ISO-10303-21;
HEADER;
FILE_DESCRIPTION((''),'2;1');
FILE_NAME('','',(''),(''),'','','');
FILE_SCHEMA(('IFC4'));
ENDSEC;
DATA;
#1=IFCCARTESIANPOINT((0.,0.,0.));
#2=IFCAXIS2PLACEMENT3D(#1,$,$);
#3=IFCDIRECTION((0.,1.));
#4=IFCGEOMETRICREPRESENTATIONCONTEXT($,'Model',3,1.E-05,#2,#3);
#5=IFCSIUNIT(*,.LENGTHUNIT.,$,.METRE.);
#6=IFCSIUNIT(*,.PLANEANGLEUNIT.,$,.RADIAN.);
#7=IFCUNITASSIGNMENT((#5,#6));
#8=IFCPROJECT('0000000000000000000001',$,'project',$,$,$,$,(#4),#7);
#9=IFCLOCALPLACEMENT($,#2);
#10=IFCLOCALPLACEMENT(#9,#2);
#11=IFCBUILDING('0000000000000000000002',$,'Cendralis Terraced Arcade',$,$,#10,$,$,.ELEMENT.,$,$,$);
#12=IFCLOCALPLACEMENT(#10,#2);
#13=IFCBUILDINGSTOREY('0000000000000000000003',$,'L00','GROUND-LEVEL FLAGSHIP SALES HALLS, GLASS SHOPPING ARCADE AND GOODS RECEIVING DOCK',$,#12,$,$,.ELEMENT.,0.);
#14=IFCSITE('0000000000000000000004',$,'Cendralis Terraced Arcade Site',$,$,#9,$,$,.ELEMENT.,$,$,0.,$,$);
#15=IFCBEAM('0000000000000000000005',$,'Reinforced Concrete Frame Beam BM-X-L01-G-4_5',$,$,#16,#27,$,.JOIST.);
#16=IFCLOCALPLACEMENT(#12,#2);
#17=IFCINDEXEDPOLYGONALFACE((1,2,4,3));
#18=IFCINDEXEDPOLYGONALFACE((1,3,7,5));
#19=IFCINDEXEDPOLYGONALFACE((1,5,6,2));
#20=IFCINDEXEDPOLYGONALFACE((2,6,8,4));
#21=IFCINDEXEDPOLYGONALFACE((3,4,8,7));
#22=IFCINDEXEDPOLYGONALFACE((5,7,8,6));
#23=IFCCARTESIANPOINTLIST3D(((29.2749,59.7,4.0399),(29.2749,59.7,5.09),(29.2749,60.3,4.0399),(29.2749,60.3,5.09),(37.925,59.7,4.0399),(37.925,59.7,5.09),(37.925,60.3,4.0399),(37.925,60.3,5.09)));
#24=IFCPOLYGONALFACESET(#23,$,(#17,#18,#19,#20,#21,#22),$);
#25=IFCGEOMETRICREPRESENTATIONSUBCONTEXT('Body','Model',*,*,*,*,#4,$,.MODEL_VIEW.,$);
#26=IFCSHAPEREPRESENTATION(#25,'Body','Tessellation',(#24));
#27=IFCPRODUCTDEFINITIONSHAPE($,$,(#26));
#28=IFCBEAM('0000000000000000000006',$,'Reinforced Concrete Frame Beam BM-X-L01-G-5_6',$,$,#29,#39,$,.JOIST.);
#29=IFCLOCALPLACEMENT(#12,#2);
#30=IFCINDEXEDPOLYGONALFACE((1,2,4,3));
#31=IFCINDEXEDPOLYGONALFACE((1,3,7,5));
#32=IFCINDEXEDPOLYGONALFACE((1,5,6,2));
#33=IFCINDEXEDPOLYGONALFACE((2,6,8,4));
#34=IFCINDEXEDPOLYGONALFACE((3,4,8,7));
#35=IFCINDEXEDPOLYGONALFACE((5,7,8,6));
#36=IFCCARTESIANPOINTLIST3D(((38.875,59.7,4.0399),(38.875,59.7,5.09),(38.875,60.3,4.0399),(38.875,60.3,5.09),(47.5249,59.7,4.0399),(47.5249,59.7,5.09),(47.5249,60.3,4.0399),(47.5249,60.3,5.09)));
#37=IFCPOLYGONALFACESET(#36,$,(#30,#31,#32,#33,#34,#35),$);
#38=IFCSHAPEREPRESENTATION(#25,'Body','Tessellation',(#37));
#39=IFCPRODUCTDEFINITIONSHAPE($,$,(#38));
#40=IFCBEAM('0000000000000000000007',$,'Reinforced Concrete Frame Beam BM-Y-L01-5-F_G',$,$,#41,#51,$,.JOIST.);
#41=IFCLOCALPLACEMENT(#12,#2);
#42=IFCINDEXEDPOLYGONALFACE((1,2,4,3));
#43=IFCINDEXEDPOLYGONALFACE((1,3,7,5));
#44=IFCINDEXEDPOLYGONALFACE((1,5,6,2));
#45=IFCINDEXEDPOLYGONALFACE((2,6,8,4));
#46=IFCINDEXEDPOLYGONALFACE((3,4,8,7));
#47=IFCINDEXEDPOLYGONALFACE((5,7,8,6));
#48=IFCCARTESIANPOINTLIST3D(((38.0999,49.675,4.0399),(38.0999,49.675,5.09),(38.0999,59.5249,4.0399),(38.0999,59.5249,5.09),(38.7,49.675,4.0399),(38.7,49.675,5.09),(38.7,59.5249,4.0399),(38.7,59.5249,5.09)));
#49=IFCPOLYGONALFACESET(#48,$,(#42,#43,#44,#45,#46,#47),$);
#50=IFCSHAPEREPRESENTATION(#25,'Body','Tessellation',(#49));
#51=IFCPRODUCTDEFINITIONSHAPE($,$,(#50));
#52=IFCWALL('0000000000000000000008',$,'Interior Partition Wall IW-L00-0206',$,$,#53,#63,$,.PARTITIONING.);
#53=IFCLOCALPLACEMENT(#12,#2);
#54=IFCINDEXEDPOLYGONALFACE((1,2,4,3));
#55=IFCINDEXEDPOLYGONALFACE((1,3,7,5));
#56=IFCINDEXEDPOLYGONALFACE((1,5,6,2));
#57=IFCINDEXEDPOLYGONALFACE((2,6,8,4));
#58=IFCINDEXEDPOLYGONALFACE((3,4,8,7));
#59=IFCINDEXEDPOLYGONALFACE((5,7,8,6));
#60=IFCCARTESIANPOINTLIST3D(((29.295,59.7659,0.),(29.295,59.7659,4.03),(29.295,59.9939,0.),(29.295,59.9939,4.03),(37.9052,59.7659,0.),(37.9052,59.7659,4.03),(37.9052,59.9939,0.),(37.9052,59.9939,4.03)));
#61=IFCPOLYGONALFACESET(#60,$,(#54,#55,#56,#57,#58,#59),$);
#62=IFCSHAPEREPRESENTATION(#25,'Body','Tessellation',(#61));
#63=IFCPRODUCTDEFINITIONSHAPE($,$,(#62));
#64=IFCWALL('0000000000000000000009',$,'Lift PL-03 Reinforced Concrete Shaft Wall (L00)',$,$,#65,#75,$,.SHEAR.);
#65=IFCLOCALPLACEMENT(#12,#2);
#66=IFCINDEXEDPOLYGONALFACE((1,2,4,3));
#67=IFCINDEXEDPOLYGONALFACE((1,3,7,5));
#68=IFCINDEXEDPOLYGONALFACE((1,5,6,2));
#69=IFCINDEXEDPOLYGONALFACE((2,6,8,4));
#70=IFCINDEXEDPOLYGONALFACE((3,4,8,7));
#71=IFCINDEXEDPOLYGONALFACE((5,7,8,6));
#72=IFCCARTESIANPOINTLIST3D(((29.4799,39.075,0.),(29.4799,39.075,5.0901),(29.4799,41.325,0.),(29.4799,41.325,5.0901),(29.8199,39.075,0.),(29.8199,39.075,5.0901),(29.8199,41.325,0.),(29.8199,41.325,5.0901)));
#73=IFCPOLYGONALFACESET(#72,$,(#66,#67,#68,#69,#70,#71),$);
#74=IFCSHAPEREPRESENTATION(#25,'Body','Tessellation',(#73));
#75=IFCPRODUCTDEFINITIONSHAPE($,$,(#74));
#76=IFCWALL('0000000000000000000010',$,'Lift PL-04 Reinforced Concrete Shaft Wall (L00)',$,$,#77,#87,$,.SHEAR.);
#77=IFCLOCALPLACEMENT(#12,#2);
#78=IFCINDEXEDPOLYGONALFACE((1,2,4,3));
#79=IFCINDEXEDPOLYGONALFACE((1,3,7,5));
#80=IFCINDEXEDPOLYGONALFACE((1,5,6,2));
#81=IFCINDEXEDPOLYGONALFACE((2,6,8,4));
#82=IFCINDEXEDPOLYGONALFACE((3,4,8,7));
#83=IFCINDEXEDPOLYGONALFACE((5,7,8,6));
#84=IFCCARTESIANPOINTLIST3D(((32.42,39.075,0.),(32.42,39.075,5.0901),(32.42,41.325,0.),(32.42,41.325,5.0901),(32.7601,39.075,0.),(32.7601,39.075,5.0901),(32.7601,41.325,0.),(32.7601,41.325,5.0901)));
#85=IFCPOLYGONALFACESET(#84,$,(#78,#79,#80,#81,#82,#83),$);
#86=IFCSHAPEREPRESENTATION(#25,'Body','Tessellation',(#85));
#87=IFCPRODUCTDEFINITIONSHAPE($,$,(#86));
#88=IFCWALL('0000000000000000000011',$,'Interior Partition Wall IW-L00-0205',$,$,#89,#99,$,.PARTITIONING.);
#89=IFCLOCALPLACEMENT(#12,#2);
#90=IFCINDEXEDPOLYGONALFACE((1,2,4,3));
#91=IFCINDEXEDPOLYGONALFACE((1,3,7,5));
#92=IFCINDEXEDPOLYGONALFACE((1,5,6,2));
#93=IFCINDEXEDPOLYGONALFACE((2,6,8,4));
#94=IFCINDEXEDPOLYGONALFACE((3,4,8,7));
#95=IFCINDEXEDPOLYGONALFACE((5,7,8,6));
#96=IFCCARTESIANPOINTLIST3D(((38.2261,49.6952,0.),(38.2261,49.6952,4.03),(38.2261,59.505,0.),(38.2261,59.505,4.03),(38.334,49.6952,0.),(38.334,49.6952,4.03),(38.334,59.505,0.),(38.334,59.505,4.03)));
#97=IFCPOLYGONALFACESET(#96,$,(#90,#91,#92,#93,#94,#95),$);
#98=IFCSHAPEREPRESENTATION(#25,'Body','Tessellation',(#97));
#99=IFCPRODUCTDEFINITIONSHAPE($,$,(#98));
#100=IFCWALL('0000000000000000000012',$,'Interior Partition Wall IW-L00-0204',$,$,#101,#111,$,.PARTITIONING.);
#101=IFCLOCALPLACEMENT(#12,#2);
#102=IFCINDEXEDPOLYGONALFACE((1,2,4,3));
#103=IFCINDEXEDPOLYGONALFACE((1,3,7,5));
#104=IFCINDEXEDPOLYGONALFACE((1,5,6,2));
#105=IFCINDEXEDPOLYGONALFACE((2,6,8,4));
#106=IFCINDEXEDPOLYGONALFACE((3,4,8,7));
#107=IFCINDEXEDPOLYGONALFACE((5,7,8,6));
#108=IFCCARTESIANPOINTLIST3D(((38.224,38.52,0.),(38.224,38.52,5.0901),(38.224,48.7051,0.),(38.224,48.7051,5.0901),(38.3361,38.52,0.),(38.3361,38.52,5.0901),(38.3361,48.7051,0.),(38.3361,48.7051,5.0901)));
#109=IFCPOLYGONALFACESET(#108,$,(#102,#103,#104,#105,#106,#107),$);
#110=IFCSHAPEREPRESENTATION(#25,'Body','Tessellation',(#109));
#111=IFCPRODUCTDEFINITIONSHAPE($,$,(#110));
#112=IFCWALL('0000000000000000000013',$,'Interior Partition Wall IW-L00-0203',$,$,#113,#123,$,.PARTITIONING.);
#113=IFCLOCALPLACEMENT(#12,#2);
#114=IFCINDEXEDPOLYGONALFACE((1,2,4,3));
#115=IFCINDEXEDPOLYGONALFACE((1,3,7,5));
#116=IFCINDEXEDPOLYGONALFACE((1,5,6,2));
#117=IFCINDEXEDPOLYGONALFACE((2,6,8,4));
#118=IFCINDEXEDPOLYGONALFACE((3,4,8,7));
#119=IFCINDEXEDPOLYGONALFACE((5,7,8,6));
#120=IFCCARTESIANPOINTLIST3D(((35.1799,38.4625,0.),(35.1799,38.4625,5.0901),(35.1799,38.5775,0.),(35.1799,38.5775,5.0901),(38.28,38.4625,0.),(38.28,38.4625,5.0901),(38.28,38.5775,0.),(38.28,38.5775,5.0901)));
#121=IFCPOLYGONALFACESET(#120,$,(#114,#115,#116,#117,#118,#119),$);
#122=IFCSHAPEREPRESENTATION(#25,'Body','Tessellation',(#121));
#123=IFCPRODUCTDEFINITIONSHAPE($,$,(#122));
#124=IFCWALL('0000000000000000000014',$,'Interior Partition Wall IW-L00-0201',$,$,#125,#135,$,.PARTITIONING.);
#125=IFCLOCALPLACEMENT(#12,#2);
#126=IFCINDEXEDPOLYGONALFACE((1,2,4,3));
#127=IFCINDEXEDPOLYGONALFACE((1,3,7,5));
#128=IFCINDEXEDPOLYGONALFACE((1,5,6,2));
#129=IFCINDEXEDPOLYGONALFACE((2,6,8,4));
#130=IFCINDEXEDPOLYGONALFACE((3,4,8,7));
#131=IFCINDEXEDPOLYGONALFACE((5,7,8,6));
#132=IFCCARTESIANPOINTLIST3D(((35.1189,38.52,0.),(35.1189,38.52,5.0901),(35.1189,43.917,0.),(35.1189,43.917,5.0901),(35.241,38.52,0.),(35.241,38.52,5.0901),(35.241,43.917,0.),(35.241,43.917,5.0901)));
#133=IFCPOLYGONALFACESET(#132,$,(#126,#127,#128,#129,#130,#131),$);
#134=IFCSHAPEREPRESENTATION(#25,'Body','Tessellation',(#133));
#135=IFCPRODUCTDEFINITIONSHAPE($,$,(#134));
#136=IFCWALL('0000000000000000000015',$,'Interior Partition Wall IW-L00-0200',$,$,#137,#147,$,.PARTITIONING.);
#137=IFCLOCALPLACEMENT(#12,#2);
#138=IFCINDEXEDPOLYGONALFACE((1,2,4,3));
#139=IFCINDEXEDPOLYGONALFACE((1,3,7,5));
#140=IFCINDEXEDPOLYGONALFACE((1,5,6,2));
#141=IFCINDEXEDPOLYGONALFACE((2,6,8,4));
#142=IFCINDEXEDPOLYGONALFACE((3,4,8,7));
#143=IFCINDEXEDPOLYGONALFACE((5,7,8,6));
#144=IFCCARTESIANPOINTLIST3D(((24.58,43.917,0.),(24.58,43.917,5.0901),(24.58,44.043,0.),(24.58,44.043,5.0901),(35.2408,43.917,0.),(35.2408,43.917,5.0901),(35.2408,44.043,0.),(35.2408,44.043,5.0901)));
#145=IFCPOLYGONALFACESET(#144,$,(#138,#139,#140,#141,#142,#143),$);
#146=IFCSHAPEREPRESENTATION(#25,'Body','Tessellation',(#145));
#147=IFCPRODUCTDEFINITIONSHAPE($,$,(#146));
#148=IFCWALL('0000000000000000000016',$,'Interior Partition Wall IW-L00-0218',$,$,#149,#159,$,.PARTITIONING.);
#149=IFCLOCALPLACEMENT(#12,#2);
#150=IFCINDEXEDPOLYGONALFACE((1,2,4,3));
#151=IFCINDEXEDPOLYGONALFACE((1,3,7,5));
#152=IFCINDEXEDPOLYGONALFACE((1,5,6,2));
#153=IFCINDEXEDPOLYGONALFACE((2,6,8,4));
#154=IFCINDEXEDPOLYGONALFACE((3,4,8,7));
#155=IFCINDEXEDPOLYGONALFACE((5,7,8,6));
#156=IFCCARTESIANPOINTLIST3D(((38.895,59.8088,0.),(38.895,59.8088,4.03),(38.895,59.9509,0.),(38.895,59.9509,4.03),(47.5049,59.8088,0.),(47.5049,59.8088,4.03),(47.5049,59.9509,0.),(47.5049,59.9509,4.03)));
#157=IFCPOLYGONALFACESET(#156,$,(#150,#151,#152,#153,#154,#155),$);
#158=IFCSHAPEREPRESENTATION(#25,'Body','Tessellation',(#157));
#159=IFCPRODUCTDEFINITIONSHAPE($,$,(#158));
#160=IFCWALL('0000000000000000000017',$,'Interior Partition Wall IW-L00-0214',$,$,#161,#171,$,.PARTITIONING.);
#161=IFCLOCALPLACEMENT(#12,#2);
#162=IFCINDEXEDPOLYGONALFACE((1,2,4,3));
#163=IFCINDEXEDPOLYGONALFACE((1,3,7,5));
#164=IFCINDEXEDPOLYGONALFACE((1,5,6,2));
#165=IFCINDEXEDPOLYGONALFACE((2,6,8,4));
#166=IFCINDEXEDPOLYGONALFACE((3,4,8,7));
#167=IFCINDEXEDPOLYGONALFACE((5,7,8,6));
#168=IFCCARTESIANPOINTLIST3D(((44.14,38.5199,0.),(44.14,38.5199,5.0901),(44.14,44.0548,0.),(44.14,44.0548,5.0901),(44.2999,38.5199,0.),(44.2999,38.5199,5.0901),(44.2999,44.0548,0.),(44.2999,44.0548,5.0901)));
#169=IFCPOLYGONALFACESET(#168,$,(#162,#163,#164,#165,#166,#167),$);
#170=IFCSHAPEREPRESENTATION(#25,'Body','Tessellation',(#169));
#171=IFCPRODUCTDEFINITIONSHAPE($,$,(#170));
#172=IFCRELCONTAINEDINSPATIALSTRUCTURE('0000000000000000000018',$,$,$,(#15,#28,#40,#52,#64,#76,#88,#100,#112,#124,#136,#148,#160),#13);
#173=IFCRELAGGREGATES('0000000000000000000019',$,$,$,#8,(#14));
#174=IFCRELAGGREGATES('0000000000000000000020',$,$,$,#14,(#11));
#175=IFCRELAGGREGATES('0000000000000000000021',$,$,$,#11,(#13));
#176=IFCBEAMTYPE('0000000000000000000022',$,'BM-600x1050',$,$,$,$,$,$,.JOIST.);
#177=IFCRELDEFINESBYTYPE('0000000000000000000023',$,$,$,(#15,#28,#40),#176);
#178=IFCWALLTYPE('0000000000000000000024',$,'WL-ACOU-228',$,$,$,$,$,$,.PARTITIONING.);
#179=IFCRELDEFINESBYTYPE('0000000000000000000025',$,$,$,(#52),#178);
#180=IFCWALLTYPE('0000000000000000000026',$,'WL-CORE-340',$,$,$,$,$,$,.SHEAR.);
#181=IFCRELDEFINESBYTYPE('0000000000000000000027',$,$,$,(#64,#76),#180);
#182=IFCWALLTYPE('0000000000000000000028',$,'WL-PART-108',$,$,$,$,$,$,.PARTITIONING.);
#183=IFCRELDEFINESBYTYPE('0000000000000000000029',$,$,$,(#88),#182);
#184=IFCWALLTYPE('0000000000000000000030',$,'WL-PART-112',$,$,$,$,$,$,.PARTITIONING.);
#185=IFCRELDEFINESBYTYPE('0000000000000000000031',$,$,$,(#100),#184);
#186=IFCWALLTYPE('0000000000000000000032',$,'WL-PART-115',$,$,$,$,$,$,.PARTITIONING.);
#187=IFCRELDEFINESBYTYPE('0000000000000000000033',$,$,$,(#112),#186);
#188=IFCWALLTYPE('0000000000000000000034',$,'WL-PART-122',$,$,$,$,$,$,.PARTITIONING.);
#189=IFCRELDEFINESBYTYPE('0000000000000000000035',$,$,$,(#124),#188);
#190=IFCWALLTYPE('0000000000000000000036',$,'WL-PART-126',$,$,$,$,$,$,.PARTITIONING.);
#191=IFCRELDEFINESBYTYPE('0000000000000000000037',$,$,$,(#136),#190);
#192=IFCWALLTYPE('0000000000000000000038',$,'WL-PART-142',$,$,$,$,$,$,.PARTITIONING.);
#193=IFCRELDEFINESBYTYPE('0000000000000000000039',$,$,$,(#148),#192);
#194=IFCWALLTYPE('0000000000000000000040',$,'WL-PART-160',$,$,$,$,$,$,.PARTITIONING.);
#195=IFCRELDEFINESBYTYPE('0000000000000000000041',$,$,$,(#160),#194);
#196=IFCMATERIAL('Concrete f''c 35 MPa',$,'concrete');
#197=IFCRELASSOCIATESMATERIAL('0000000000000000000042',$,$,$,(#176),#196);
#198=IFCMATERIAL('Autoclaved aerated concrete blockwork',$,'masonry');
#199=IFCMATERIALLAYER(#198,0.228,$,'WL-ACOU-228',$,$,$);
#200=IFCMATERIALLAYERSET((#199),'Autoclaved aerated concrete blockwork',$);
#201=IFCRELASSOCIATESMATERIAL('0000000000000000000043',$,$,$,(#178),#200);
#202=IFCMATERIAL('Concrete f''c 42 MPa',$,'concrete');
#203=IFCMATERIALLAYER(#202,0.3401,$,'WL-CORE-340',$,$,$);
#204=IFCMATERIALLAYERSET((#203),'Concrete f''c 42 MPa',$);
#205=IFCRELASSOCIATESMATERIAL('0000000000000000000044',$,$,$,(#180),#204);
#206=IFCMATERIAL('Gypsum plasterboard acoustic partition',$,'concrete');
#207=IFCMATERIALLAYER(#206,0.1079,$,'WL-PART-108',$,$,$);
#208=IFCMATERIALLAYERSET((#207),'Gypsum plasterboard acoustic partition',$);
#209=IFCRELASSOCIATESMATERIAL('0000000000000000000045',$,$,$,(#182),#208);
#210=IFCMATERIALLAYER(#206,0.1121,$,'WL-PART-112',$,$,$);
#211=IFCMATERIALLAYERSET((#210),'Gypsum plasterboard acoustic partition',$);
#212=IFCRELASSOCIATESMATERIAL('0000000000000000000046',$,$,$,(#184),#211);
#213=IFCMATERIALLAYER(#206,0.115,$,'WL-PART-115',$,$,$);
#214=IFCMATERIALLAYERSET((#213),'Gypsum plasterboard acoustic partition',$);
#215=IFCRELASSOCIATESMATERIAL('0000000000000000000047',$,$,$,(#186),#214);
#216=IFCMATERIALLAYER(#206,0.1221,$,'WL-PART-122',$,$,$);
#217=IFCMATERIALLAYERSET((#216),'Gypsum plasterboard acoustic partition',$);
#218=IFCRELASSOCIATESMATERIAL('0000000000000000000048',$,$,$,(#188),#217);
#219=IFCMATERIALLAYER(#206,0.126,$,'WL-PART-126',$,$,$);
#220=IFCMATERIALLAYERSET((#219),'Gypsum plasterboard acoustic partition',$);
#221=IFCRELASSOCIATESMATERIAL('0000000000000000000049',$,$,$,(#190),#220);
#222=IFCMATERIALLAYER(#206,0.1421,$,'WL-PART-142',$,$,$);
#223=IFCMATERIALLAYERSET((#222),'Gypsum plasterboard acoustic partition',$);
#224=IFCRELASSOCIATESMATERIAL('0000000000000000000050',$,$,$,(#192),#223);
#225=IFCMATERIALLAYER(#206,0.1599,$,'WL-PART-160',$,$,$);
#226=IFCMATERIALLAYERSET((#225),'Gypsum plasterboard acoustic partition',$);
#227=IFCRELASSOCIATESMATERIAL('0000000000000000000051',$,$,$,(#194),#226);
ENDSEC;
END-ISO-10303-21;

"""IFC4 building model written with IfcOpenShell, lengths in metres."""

from ifc_helpers import new_model, si_unit, direction, frame, frame_2d, origin, origin_2d, place, context, subcontext, project, spatial, rectangle, extrude, material, layer, layer_set, material_profile, profile_set, type_object, element, save


model = new_model("IFC4")

# Units and contexts
model_context = context("Model", 3, precision=1e-05, world=origin(), true_north=direction((0.0, 1.0)))
body_context = subcontext(model_context, "Body", "Model", "MODEL_VIEW")
ifc_project = project(units=[si_unit("LENGTHUNIT", "METRE"), si_unit("PLANEANGLEUNIT", "RADIAN")], contexts=[model_context])

# Site, building, storey
site_placement = place(None, origin())
site = spatial("IfcSite", under=ifc_project, at=site_placement, Name="Cendralis Terraced Arcade Site", CompositionType="ELEMENT", RefElevation=0.0)
building_placement = place(site_placement, origin())
building = spatial("IfcBuilding", under=site, at=building_placement, Name="Cendralis Terraced Arcade", CompositionType="ELEMENT")
storey_placement = place(building_placement, origin())
storey = spatial("IfcBuildingStorey", under=building, at=storey_placement, Name="L00", Description="GROUND-LEVEL FLAGSHIP SALES HALLS, GLASS SHOPPING ARCADE AND GOODS RECEIVING DOCK", CompositionType="ELEMENT", Elevation=0.0)

# Shared definitions
ifc_material_1 = material(Name="Concrete f'c 35 MPa", Category="concrete")

# Shared definitions
ifc_material_2 = material(Name="Concrete f'c 42 MPa", Category="concrete")

# Beams
ifc_material_profile_1 = material_profile(ifc_material_1, rectangle(XDim=0.6001, YDim=1.05, at=origin_2d()), Name="RC-BM-600x1050", Category="LoadBearing")
ifc_profile_set_1 = profile_set([ifc_material_profile_1], Name="Concrete f'c 35 MPa")
beam_type = type_object("IfcBeamType", Name="BM-600x1050", PredefinedType="JOIST", material=ifc_profile_set_1)
beam_1_placement = place(storey_placement, frame((29.2749, 60.0, 4.5649), z_axis=(1.0, 0.0, 0.0), x_axis=(0.0, 1.0, 0.0)))
element("IfcBeam", 1, at=beam_1_placement, inside=storey, type_object=beam_type, Name="Reinforced Concrete Frame Beam BM-X-L01-G-4_5", PredefinedType="JOIST", context=body_context, shape_type="SweptSolid", body=[
    extrude(rectangle(XDim=0.6001, YDim=1.05, at=origin_2d()), origin(), (0.0, 0.0, 1.0), 8.6501),
])
beam_2_placement = place(storey_placement, frame((38.875, 60.0, 4.5649), z_axis=(1.0, 0.0, 0.0), x_axis=(0.0, 1.0, 0.0)))
element("IfcBeam", 2, at=beam_2_placement, inside=storey, type_object=beam_type, Name="Reinforced Concrete Frame Beam BM-X-L01-G-5_6", PredefinedType="JOIST", context=body_context, shape_type="SweptSolid", body=[
    extrude(rectangle(XDim=0.6001, YDim=1.05, at=origin_2d()), origin(), (0.0, 0.0, 1.0), 8.6499),
])
beam_3_placement = place(storey_placement, frame((38.3999, 49.675, 4.5649), z_axis=(0.0, 1.0, 0.0), x_axis=(-1.0, 0.0, 0.0)))
element("IfcBeam", 3, at=beam_3_placement, inside=storey, type_object=beam_type, Name="Reinforced Concrete Frame Beam BM-Y-L01-5-F_G", PredefinedType="JOIST", context=body_context, shape_type="SweptSolid", body=[
    extrude(rectangle(XDim=0.6001, YDim=1.05, at=origin_2d()), origin(), (0.0, 0.0, 1.0), 9.8499),
])

# Walls
ifc_material_3 = material(Name="Autoclaved aerated concrete blockwork", Category="masonry")
ifc_layer_1 = layer(ifc_material_3, 0.228, Name="WL-ACOU-228")
ifc_layer_set_1 = layer_set([ifc_layer_1], Name="Autoclaved aerated concrete blockwork")
wall_type_1 = type_object("IfcWallType", Name="WL-ACOU-228", PredefinedType="PARTITIONING", material=ifc_layer_set_1)
wall_1_placement = place(storey_placement, frame((29.2949, 59.8799, 0.0), z_axis=(0.0, 0.0, 1.0), x_axis=(1.0, 0.0, 0.0)))
element("IfcWall", 4, at=wall_1_placement, inside=storey, type_object=wall_type_1, Name="Interior Partition Wall IW-L00-0206", PredefinedType="PARTITIONING", context=body_context, shape_type="SweptSolid", body=[
    extrude(rectangle(XDim=8.6101, YDim=0.228, at=frame_2d((4.3052, 0.0))), origin(), (0.0, 0.0, 1.0), 4.03),
])
ifc_layer_2 = layer(ifc_material_2, 0.3401, Name="WL-CORE-340")
ifc_layer_set_2 = layer_set([ifc_layer_2], Name="Concrete f'c 42 MPa")
wall_type_2 = type_object("IfcWallType", Name="WL-CORE-340", PredefinedType="SHEAR", material=ifc_layer_set_2)
for number, where, z_axis, x_axis, name in (
    (5, (29.6499, 39.075, 0.0), (0.0, 0.0, 1.0), (0.0, 1.0, 0.0), "Lift PL-03 Reinforced Concrete Shaft Wall (L00)"),
    (6, (32.5901, 39.075, 0.0), (0.0, 0.0, 1.0), (0.0, 1.0, 0.0), "Lift PL-04 Reinforced Concrete Shaft Wall (L00)"),
):
    element("IfcWall", number, at=place(storey_placement, frame(where, z_axis=z_axis, x_axis=x_axis)), inside=storey, type_object=wall_type_2, Name=name, PredefinedType="SHEAR", context=body_context, shape_type="SweptSolid", body=[
        extrude(rectangle(XDim=2.25, YDim=0.3401, at=frame_2d((1.125, 0.0))), origin(), (0.0, 0.0, 1.0), 5.0901),
    ])
ifc_material_4 = material(Name="Gypsum plasterboard acoustic partition", Category="concrete")
ifc_layer_3 = layer(ifc_material_4, 0.1079, Name="WL-PART-108")
ifc_layer_set_3 = layer_set([ifc_layer_3], Name="Gypsum plasterboard acoustic partition")
wall_type_3 = type_object("IfcWallType", Name="WL-PART-108", PredefinedType="PARTITIONING", material=ifc_layer_set_3)
wall_2_placement = place(storey_placement, frame((38.28, 59.5049, 0.0), z_axis=(0.0, 0.0, 1.0), x_axis=(0.0, -1.0, 0.0)))
element("IfcWall", 7, at=wall_2_placement, inside=storey, type_object=wall_type_3, Name="Interior Partition Wall IW-L00-0205", PredefinedType="PARTITIONING", context=body_context, shape_type="SweptSolid", body=[
    extrude(rectangle(XDim=9.8098, YDim=0.1079, at=frame_2d((4.9048, 0.0))), origin(), (0.0, 0.0, 1.0), 4.03),
])
ifc_layer_4 = layer(ifc_material_4, 0.1121, Name="WL-PART-112")
ifc_layer_set_4 = layer_set([ifc_layer_4], Name="Gypsum plasterboard acoustic partition")
wall_type_4 = type_object("IfcWallType", Name="WL-PART-112", PredefinedType="PARTITIONING", material=ifc_layer_set_4)
wall_3_placement = place(storey_placement, frame((38.28, 48.7051, 0.0), z_axis=(0.0, 0.0, 1.0), x_axis=(0.0, -1.0, 0.0)))
element("IfcWall", 8, at=wall_3_placement, inside=storey, type_object=wall_type_4, Name="Interior Partition Wall IW-L00-0204", PredefinedType="PARTITIONING", context=body_context, shape_type="SweptSolid", body=[
    extrude(rectangle(XDim=10.1851, YDim=0.1121, at=frame_2d((5.0925, 0.0))), origin(), (0.0, 0.0, 1.0), 5.0901),
])
ifc_layer_5 = layer(ifc_material_4, 0.115, Name="WL-PART-115")
ifc_layer_set_5 = layer_set([ifc_layer_5], Name="Gypsum plasterboard acoustic partition")
wall_type_5 = type_object("IfcWallType", Name="WL-PART-115", PredefinedType="PARTITIONING", material=ifc_layer_set_5)
wall_4_placement = place(storey_placement, frame((38.28, 38.52, 0.0), z_axis=(0.0, 0.0, 1.0), x_axis=(-1.0, 0.0, 0.0)))
element("IfcWall", 9, at=wall_4_placement, inside=storey, type_object=wall_type_5, Name="Interior Partition Wall IW-L00-0203", PredefinedType="PARTITIONING", context=body_context, shape_type="SweptSolid", body=[
    extrude(rectangle(XDim=3.1001, YDim=0.115, at=frame_2d((1.55, 0.0))), origin(), (0.0, 0.0, 1.0), 5.0901),
])
ifc_layer_6 = layer(ifc_material_4, 0.1221, Name="WL-PART-122")
ifc_layer_set_6 = layer_set([ifc_layer_6], Name="Gypsum plasterboard acoustic partition")
wall_type_6 = type_object("IfcWallType", Name="WL-PART-122", PredefinedType="PARTITIONING", material=ifc_layer_set_6)
wall_5_placement = place(storey_placement, frame((35.1799, 38.52, 0.0), z_axis=(0.0, 0.0, 1.0), x_axis=(0.0, 1.0, 0.0)))
element("IfcWall", 10, at=wall_5_placement, inside=storey, type_object=wall_type_6, Name="Interior Partition Wall IW-L00-0201", PredefinedType="PARTITIONING", context=body_context, shape_type="SweptSolid", body=[
    extrude(rectangle(XDim=5.397, YDim=0.1221, at=frame_2d((2.6985, 0.0))), origin(), (0.0, 0.0, 1.0), 5.0901),
])
ifc_layer_7 = layer(ifc_material_4, 0.126, Name="WL-PART-126")
ifc_layer_set_7 = layer_set([ifc_layer_7], Name="Gypsum plasterboard acoustic partition")
wall_type_7 = type_object("IfcWallType", Name="WL-PART-126", PredefinedType="PARTITIONING", material=ifc_layer_set_7)
wall_6_placement = place(storey_placement, frame((35.241, 43.98, 0.0), z_axis=(0.0, 0.0, 1.0), x_axis=(-1.0, 0.0, 0.0)))
element("IfcWall", 11, at=wall_6_placement, inside=storey, type_object=wall_type_7, Name="Interior Partition Wall IW-L00-0200", PredefinedType="PARTITIONING", context=body_context, shape_type="SweptSolid", body=[
    extrude(rectangle(XDim=10.6609, YDim=0.126, at=frame_2d((5.3306, 0.0))), origin(), (0.0, 0.0, 1.0), 5.0901),
])
ifc_layer_8 = layer(ifc_material_4, 0.1421, Name="WL-PART-142")
ifc_layer_set_8 = layer_set([ifc_layer_8], Name="Gypsum plasterboard acoustic partition")
wall_type_8 = type_object("IfcWallType", Name="WL-PART-142", PredefinedType="PARTITIONING", material=ifc_layer_set_8)
wall_7_placement = place(storey_placement, frame((38.895, 59.8799, 0.0), z_axis=(0.0, 0.0, 1.0), x_axis=(1.0, 0.0, 0.0)))
element("IfcWall", 12, at=wall_7_placement, inside=storey, type_object=wall_type_8, Name="Interior Partition Wall IW-L00-0218", PredefinedType="PARTITIONING", context=body_context, shape_type="SweptSolid", body=[
    extrude(rectangle(XDim=8.6099, YDim=0.1421, at=frame_2d((4.3049, 0.0))), origin(), (0.0, 0.0, 1.0), 4.03),
])
ifc_layer_9 = layer(ifc_material_4, 0.1599, Name="WL-PART-160")
ifc_layer_set_9 = layer_set([ifc_layer_9], Name="Gypsum plasterboard acoustic partition")
wall_type_9 = type_object("IfcWallType", Name="WL-PART-160", PredefinedType="PARTITIONING", material=ifc_layer_set_9)
wall_8_placement = place(storey_placement, frame((44.22, 44.0549, 0.0), z_axis=(0.0, 0.0, 1.0), x_axis=(0.0, -1.0, 0.0)))
element("IfcWall", 13, at=wall_8_placement, inside=storey, type_object=wall_type_9, Name="Interior Partition Wall IW-L00-0214", PredefinedType="PARTITIONING", context=body_context, shape_type="SweptSolid", body=[
    extrude(rectangle(XDim=5.5349, YDim=0.1599, at=frame_2d((2.7676, 0.0))), origin(), (0.0, 0.0, 1.0), 5.0901),
])

save(model, "model.ifc")
